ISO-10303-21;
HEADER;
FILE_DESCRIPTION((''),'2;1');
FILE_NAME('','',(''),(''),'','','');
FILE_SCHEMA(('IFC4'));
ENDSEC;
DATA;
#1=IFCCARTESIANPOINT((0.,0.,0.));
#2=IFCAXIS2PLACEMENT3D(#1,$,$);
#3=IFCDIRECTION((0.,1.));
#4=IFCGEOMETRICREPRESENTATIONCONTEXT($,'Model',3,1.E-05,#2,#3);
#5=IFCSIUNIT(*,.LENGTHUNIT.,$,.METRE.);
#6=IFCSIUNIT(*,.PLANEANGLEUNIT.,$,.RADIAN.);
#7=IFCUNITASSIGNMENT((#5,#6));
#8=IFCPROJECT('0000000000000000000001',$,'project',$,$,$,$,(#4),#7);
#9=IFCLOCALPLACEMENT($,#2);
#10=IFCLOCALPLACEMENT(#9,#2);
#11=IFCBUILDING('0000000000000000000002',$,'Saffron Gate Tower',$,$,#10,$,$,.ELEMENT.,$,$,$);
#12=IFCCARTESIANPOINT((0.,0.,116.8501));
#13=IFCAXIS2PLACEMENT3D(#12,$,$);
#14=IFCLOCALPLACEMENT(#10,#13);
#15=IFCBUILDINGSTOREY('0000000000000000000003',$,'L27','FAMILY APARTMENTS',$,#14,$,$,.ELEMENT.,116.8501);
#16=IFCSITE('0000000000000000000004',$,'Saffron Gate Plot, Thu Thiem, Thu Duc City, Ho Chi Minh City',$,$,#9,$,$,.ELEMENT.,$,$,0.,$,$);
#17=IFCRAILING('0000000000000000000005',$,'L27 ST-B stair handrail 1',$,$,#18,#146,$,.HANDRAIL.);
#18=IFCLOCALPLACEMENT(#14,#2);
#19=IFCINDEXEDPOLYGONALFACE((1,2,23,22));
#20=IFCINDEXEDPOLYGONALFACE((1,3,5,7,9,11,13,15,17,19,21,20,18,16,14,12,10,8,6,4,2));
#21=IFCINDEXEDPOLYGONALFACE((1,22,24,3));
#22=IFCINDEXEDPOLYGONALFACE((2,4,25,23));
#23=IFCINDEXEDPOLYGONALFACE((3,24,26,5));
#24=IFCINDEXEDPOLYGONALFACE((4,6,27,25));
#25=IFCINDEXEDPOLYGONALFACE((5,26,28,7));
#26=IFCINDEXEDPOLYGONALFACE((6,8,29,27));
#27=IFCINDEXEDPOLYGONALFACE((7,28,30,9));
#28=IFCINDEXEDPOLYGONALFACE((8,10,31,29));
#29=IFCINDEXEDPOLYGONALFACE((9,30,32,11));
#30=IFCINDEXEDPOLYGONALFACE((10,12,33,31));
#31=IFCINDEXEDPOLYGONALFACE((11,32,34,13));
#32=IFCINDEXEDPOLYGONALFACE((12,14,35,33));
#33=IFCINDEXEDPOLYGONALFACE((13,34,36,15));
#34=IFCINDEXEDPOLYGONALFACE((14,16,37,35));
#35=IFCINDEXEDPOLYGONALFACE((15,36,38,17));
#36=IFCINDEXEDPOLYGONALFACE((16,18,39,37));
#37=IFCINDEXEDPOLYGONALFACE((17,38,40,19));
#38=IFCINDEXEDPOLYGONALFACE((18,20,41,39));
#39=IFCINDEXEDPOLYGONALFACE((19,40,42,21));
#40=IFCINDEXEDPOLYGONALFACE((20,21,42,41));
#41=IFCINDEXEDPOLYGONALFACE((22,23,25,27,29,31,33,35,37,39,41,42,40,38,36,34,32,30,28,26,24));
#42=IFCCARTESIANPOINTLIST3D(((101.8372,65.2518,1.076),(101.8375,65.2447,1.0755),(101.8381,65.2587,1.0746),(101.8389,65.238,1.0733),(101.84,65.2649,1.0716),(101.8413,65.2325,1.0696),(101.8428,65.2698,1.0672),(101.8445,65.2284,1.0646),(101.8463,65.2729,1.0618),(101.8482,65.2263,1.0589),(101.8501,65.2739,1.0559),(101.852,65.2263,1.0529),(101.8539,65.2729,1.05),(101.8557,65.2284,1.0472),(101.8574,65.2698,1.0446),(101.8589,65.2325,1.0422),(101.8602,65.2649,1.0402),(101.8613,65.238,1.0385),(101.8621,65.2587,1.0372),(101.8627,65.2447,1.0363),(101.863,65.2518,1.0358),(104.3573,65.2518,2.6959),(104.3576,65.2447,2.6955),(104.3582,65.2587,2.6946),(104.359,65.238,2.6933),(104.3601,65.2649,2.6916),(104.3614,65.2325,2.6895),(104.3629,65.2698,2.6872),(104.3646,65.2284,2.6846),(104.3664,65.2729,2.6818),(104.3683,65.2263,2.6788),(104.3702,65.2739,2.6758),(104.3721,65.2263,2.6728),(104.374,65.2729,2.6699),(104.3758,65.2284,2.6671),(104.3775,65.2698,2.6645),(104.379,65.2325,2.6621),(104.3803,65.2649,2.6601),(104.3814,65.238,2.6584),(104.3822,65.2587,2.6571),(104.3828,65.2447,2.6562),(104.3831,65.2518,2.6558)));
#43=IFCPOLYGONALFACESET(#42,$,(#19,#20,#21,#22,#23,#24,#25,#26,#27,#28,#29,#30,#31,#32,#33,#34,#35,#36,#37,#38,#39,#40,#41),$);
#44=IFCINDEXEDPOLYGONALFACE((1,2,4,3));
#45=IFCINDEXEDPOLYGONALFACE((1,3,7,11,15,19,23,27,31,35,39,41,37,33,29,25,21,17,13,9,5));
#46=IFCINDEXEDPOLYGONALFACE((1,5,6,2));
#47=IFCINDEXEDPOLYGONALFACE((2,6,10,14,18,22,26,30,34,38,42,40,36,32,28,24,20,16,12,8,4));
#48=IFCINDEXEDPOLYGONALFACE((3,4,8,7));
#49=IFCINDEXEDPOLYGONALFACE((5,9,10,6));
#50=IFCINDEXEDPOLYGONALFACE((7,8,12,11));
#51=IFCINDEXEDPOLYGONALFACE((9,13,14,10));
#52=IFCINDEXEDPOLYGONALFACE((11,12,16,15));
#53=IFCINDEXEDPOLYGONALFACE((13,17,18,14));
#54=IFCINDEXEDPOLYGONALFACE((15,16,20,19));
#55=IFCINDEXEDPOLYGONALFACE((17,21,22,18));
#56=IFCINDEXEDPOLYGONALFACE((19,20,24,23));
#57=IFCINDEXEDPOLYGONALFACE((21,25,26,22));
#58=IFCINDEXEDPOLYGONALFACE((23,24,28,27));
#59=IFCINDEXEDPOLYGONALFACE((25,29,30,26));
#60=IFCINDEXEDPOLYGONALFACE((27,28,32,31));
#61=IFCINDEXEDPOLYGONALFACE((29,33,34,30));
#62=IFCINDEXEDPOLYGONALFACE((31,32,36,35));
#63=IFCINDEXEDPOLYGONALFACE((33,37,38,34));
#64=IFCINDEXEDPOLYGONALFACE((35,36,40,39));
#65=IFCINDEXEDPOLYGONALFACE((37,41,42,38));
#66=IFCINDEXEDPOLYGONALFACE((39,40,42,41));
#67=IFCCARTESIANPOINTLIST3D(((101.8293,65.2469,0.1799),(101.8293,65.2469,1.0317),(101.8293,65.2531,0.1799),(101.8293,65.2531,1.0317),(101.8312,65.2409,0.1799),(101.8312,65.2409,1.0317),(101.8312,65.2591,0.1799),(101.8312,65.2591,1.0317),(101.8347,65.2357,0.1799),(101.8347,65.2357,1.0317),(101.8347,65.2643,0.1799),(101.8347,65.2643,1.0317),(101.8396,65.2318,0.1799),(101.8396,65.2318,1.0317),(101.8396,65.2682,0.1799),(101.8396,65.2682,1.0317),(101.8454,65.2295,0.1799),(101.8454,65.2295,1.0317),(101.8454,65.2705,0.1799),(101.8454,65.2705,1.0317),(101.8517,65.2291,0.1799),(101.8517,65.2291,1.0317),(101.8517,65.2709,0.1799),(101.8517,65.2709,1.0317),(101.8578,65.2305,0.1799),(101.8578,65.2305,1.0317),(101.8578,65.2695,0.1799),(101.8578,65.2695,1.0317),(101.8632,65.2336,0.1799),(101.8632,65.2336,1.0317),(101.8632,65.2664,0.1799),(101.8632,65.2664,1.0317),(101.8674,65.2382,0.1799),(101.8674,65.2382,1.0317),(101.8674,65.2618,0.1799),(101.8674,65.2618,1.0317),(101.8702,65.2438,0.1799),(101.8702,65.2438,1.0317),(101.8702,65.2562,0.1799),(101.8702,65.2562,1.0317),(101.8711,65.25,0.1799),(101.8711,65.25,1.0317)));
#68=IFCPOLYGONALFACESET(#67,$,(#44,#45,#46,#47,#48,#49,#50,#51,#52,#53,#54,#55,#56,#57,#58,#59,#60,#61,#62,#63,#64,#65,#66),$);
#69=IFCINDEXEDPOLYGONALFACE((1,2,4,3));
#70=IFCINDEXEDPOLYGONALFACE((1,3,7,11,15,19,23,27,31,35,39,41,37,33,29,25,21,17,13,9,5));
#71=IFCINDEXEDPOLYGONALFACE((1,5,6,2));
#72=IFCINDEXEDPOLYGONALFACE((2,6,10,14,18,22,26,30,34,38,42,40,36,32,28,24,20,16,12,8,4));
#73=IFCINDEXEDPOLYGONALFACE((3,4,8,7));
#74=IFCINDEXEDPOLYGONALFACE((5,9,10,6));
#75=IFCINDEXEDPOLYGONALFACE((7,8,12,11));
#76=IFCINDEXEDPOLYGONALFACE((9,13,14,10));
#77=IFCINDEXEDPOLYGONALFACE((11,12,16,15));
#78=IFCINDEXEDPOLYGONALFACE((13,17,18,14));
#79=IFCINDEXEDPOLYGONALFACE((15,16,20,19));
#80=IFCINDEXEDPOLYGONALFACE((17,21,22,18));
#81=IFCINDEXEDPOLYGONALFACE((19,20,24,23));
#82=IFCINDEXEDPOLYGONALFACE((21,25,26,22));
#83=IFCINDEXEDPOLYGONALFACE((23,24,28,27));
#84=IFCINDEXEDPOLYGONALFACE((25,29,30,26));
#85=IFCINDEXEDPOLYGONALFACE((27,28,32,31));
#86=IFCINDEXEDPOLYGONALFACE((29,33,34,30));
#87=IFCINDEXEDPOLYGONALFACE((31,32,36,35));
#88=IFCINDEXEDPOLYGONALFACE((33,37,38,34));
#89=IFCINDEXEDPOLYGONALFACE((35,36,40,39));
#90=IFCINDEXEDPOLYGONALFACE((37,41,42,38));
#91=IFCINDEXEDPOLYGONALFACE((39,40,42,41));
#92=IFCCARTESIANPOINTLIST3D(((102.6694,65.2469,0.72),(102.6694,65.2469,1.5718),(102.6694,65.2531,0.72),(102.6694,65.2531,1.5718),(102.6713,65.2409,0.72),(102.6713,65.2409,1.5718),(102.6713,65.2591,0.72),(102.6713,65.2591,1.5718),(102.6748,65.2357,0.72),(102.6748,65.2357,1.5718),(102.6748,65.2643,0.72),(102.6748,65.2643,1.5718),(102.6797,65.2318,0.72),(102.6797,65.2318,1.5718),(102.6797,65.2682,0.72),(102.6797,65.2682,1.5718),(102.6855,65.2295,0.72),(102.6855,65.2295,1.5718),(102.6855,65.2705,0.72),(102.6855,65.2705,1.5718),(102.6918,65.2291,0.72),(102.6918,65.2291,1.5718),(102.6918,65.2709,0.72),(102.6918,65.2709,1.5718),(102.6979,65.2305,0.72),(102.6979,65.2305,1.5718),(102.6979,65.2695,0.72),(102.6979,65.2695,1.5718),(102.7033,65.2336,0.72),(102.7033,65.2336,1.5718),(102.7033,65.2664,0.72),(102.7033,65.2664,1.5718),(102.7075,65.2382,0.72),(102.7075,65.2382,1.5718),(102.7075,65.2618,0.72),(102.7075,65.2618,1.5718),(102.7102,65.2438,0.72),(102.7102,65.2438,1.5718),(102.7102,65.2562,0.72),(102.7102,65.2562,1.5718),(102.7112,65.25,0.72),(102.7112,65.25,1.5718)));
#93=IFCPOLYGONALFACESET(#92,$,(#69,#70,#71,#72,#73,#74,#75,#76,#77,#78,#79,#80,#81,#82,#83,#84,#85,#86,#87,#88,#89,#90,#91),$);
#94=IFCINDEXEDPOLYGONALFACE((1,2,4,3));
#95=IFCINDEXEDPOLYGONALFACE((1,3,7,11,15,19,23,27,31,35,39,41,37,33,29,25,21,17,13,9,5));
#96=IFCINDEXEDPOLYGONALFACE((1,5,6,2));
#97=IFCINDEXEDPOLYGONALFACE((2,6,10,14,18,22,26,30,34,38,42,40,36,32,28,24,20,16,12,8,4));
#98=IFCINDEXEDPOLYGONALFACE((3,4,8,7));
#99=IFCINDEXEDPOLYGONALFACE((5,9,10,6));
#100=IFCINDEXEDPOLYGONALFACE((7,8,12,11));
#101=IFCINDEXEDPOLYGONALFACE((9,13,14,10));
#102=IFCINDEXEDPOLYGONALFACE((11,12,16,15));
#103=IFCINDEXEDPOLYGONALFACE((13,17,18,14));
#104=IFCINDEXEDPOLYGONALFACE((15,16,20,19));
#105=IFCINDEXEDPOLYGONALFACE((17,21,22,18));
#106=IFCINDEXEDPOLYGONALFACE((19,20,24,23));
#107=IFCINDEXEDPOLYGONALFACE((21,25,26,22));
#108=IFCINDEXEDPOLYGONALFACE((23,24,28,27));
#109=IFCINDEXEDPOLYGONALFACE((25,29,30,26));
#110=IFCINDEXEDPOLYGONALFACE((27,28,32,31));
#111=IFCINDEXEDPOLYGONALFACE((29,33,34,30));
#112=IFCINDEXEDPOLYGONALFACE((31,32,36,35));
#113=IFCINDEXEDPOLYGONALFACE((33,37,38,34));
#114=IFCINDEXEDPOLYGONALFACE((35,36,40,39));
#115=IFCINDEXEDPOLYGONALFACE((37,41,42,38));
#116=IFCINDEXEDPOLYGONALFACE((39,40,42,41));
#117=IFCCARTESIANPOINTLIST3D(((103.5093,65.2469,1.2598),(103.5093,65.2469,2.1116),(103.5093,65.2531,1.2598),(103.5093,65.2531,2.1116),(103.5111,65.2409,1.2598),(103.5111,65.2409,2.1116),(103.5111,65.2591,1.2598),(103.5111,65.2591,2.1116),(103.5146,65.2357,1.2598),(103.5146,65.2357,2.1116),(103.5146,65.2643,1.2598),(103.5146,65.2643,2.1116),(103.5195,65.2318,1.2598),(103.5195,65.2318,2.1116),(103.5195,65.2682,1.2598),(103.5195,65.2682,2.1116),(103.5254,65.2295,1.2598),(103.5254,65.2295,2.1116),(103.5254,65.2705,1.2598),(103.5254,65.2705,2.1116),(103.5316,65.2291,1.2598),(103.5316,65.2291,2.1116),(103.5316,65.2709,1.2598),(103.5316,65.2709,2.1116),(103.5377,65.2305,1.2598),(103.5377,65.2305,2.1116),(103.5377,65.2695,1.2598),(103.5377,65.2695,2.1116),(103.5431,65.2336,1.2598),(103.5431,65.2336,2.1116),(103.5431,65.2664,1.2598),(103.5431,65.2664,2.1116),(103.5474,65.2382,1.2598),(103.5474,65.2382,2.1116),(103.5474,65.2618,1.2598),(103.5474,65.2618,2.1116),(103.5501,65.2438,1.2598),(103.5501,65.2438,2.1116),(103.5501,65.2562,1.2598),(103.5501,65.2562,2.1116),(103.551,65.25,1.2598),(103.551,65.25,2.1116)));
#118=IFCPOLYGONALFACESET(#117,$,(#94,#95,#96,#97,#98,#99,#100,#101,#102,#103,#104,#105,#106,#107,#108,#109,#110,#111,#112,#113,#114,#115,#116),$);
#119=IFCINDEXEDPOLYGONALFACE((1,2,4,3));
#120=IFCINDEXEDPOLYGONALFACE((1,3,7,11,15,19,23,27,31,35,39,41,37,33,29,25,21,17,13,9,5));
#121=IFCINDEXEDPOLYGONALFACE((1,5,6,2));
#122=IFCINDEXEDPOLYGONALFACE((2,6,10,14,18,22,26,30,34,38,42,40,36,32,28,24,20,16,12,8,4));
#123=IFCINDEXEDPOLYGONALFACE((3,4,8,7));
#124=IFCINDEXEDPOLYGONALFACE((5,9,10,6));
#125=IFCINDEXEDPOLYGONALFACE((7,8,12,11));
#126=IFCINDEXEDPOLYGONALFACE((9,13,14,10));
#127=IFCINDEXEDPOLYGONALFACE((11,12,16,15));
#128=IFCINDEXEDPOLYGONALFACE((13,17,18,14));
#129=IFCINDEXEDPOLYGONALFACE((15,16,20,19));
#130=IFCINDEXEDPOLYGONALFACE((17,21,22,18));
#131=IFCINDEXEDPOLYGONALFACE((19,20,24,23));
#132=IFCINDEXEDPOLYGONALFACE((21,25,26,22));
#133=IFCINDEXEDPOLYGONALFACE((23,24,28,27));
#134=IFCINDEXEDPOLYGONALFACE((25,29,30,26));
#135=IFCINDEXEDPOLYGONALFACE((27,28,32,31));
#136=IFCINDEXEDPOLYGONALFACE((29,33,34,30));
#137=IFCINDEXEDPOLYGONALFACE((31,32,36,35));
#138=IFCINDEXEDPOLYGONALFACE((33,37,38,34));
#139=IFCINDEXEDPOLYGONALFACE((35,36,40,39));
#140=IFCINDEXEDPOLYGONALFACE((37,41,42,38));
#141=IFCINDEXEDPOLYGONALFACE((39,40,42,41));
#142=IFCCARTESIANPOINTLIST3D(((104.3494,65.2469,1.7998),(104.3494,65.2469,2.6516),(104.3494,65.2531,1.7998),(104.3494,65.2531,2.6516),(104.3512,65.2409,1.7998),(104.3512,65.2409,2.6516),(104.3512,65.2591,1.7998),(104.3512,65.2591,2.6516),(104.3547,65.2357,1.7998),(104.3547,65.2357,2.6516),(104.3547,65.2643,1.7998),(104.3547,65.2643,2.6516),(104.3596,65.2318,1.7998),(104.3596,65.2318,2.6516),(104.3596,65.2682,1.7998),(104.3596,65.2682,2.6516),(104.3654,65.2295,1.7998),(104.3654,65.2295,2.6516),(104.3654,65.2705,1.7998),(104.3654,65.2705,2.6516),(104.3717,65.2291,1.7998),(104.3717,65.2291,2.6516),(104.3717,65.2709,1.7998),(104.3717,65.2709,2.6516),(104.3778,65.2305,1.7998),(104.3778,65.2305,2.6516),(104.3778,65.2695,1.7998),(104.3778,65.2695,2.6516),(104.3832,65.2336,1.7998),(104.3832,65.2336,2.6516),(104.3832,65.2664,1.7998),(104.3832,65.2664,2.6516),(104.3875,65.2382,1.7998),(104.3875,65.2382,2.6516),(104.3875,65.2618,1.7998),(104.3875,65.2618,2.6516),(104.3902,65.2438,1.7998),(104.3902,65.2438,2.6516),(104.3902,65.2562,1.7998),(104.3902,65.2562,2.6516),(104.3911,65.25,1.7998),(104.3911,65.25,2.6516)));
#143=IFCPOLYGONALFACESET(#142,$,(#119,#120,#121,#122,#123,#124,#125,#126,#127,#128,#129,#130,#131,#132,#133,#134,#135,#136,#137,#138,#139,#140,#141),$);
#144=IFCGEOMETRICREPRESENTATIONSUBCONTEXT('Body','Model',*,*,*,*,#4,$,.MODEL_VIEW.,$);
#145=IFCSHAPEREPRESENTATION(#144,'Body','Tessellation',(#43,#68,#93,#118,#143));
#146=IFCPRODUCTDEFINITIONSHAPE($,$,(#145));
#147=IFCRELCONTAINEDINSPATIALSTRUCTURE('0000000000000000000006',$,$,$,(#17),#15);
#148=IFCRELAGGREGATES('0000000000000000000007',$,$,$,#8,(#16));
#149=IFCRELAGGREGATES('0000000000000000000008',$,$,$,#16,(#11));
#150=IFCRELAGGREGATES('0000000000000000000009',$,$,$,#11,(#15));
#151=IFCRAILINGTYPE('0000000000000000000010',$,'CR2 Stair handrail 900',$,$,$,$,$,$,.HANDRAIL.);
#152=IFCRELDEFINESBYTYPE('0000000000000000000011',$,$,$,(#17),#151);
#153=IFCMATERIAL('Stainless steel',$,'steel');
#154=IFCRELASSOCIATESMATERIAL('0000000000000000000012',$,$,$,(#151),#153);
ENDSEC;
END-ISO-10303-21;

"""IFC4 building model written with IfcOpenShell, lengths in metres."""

from ifc_helpers import new_model, si_unit, direction, frame, origin, origin_2d, place, context, subcontext, project, spatial, circle, extrude, material, type_object, element, save


model = new_model("IFC4")

# Units and contexts
model_context = context("Model", 3, precision=1e-05, world=origin(), true_north=direction((0.0, 1.0)))
body_context = subcontext(model_context, "Body", "Model", "MODEL_VIEW")
ifc_project = project(units=[si_unit("LENGTHUNIT", "METRE"), si_unit("PLANEANGLEUNIT", "RADIAN")], contexts=[model_context])

# Site, building, storey
site_placement = place(None, origin())
site = spatial("IfcSite", under=ifc_project, at=site_placement, Name="Saffron Gate Plot, Thu Thiem, Thu Duc City, Ho Chi Minh City", CompositionType="ELEMENT", RefElevation=0.0)
building_placement = place(site_placement, origin())
building = spatial("IfcBuilding", under=site, at=building_placement, Name="Saffron Gate Tower", CompositionType="ELEMENT")
storey_placement = place(building_placement, frame((0.0, 0.0, 116.8501)))
storey = spatial("IfcBuildingStorey", under=building, at=storey_placement, Name="L27", Description="FAMILY APARTMENTS", CompositionType="ELEMENT", Elevation=116.8501)

# Railing
ifc_material_1 = material(Name="Stainless steel", Category="steel")
railing_type_1 = type_object("IfcRailingType", Name="CR2 Stair handrail 900", PredefinedType="HANDRAIL", material=ifc_material_1)
railing_1_placement = place(storey_placement, frame((101.8501, 65.25, 0.1799)))
element("IfcRailing", 1, at=railing_1_placement, inside=storey, type_object=railing_type_1, Name="L27 ST-B stair handrail 1", PredefinedType="HANDRAIL", context=body_context, shape_type="SweptSolid", body=[
    extrude(circle(Radius=0.0239, at=origin_2d()), frame((0.0, 0.0, 0.876), z_axis=(0.8412, 0.0, 0.540725), x_axis=(0.0, 1.0, 0.0)), (0.0, 0.0, 1.0), 2.9958),
    extrude(circle(Radius=0.021, at=origin_2d()), origin(), (0.0, 0.0, 1.0), 0.8518),
    extrude(circle(Radius=0.021, at=origin_2d()), frame((0.8401, 0.0, 0.54)), (0.0, 0.0, 1.0), 0.8518),
    extrude(circle(Radius=0.021, at=origin_2d()), frame((1.6799, 0.0, 1.0798)), (0.0, 0.0, 1.0), 0.8518),
    extrude(circle(Radius=0.021, at=origin_2d()), frame((2.52, 0.0, 1.6199)), (0.0, 0.0, 1.0), 0.8518),
])

save(model, "model.ifc")
